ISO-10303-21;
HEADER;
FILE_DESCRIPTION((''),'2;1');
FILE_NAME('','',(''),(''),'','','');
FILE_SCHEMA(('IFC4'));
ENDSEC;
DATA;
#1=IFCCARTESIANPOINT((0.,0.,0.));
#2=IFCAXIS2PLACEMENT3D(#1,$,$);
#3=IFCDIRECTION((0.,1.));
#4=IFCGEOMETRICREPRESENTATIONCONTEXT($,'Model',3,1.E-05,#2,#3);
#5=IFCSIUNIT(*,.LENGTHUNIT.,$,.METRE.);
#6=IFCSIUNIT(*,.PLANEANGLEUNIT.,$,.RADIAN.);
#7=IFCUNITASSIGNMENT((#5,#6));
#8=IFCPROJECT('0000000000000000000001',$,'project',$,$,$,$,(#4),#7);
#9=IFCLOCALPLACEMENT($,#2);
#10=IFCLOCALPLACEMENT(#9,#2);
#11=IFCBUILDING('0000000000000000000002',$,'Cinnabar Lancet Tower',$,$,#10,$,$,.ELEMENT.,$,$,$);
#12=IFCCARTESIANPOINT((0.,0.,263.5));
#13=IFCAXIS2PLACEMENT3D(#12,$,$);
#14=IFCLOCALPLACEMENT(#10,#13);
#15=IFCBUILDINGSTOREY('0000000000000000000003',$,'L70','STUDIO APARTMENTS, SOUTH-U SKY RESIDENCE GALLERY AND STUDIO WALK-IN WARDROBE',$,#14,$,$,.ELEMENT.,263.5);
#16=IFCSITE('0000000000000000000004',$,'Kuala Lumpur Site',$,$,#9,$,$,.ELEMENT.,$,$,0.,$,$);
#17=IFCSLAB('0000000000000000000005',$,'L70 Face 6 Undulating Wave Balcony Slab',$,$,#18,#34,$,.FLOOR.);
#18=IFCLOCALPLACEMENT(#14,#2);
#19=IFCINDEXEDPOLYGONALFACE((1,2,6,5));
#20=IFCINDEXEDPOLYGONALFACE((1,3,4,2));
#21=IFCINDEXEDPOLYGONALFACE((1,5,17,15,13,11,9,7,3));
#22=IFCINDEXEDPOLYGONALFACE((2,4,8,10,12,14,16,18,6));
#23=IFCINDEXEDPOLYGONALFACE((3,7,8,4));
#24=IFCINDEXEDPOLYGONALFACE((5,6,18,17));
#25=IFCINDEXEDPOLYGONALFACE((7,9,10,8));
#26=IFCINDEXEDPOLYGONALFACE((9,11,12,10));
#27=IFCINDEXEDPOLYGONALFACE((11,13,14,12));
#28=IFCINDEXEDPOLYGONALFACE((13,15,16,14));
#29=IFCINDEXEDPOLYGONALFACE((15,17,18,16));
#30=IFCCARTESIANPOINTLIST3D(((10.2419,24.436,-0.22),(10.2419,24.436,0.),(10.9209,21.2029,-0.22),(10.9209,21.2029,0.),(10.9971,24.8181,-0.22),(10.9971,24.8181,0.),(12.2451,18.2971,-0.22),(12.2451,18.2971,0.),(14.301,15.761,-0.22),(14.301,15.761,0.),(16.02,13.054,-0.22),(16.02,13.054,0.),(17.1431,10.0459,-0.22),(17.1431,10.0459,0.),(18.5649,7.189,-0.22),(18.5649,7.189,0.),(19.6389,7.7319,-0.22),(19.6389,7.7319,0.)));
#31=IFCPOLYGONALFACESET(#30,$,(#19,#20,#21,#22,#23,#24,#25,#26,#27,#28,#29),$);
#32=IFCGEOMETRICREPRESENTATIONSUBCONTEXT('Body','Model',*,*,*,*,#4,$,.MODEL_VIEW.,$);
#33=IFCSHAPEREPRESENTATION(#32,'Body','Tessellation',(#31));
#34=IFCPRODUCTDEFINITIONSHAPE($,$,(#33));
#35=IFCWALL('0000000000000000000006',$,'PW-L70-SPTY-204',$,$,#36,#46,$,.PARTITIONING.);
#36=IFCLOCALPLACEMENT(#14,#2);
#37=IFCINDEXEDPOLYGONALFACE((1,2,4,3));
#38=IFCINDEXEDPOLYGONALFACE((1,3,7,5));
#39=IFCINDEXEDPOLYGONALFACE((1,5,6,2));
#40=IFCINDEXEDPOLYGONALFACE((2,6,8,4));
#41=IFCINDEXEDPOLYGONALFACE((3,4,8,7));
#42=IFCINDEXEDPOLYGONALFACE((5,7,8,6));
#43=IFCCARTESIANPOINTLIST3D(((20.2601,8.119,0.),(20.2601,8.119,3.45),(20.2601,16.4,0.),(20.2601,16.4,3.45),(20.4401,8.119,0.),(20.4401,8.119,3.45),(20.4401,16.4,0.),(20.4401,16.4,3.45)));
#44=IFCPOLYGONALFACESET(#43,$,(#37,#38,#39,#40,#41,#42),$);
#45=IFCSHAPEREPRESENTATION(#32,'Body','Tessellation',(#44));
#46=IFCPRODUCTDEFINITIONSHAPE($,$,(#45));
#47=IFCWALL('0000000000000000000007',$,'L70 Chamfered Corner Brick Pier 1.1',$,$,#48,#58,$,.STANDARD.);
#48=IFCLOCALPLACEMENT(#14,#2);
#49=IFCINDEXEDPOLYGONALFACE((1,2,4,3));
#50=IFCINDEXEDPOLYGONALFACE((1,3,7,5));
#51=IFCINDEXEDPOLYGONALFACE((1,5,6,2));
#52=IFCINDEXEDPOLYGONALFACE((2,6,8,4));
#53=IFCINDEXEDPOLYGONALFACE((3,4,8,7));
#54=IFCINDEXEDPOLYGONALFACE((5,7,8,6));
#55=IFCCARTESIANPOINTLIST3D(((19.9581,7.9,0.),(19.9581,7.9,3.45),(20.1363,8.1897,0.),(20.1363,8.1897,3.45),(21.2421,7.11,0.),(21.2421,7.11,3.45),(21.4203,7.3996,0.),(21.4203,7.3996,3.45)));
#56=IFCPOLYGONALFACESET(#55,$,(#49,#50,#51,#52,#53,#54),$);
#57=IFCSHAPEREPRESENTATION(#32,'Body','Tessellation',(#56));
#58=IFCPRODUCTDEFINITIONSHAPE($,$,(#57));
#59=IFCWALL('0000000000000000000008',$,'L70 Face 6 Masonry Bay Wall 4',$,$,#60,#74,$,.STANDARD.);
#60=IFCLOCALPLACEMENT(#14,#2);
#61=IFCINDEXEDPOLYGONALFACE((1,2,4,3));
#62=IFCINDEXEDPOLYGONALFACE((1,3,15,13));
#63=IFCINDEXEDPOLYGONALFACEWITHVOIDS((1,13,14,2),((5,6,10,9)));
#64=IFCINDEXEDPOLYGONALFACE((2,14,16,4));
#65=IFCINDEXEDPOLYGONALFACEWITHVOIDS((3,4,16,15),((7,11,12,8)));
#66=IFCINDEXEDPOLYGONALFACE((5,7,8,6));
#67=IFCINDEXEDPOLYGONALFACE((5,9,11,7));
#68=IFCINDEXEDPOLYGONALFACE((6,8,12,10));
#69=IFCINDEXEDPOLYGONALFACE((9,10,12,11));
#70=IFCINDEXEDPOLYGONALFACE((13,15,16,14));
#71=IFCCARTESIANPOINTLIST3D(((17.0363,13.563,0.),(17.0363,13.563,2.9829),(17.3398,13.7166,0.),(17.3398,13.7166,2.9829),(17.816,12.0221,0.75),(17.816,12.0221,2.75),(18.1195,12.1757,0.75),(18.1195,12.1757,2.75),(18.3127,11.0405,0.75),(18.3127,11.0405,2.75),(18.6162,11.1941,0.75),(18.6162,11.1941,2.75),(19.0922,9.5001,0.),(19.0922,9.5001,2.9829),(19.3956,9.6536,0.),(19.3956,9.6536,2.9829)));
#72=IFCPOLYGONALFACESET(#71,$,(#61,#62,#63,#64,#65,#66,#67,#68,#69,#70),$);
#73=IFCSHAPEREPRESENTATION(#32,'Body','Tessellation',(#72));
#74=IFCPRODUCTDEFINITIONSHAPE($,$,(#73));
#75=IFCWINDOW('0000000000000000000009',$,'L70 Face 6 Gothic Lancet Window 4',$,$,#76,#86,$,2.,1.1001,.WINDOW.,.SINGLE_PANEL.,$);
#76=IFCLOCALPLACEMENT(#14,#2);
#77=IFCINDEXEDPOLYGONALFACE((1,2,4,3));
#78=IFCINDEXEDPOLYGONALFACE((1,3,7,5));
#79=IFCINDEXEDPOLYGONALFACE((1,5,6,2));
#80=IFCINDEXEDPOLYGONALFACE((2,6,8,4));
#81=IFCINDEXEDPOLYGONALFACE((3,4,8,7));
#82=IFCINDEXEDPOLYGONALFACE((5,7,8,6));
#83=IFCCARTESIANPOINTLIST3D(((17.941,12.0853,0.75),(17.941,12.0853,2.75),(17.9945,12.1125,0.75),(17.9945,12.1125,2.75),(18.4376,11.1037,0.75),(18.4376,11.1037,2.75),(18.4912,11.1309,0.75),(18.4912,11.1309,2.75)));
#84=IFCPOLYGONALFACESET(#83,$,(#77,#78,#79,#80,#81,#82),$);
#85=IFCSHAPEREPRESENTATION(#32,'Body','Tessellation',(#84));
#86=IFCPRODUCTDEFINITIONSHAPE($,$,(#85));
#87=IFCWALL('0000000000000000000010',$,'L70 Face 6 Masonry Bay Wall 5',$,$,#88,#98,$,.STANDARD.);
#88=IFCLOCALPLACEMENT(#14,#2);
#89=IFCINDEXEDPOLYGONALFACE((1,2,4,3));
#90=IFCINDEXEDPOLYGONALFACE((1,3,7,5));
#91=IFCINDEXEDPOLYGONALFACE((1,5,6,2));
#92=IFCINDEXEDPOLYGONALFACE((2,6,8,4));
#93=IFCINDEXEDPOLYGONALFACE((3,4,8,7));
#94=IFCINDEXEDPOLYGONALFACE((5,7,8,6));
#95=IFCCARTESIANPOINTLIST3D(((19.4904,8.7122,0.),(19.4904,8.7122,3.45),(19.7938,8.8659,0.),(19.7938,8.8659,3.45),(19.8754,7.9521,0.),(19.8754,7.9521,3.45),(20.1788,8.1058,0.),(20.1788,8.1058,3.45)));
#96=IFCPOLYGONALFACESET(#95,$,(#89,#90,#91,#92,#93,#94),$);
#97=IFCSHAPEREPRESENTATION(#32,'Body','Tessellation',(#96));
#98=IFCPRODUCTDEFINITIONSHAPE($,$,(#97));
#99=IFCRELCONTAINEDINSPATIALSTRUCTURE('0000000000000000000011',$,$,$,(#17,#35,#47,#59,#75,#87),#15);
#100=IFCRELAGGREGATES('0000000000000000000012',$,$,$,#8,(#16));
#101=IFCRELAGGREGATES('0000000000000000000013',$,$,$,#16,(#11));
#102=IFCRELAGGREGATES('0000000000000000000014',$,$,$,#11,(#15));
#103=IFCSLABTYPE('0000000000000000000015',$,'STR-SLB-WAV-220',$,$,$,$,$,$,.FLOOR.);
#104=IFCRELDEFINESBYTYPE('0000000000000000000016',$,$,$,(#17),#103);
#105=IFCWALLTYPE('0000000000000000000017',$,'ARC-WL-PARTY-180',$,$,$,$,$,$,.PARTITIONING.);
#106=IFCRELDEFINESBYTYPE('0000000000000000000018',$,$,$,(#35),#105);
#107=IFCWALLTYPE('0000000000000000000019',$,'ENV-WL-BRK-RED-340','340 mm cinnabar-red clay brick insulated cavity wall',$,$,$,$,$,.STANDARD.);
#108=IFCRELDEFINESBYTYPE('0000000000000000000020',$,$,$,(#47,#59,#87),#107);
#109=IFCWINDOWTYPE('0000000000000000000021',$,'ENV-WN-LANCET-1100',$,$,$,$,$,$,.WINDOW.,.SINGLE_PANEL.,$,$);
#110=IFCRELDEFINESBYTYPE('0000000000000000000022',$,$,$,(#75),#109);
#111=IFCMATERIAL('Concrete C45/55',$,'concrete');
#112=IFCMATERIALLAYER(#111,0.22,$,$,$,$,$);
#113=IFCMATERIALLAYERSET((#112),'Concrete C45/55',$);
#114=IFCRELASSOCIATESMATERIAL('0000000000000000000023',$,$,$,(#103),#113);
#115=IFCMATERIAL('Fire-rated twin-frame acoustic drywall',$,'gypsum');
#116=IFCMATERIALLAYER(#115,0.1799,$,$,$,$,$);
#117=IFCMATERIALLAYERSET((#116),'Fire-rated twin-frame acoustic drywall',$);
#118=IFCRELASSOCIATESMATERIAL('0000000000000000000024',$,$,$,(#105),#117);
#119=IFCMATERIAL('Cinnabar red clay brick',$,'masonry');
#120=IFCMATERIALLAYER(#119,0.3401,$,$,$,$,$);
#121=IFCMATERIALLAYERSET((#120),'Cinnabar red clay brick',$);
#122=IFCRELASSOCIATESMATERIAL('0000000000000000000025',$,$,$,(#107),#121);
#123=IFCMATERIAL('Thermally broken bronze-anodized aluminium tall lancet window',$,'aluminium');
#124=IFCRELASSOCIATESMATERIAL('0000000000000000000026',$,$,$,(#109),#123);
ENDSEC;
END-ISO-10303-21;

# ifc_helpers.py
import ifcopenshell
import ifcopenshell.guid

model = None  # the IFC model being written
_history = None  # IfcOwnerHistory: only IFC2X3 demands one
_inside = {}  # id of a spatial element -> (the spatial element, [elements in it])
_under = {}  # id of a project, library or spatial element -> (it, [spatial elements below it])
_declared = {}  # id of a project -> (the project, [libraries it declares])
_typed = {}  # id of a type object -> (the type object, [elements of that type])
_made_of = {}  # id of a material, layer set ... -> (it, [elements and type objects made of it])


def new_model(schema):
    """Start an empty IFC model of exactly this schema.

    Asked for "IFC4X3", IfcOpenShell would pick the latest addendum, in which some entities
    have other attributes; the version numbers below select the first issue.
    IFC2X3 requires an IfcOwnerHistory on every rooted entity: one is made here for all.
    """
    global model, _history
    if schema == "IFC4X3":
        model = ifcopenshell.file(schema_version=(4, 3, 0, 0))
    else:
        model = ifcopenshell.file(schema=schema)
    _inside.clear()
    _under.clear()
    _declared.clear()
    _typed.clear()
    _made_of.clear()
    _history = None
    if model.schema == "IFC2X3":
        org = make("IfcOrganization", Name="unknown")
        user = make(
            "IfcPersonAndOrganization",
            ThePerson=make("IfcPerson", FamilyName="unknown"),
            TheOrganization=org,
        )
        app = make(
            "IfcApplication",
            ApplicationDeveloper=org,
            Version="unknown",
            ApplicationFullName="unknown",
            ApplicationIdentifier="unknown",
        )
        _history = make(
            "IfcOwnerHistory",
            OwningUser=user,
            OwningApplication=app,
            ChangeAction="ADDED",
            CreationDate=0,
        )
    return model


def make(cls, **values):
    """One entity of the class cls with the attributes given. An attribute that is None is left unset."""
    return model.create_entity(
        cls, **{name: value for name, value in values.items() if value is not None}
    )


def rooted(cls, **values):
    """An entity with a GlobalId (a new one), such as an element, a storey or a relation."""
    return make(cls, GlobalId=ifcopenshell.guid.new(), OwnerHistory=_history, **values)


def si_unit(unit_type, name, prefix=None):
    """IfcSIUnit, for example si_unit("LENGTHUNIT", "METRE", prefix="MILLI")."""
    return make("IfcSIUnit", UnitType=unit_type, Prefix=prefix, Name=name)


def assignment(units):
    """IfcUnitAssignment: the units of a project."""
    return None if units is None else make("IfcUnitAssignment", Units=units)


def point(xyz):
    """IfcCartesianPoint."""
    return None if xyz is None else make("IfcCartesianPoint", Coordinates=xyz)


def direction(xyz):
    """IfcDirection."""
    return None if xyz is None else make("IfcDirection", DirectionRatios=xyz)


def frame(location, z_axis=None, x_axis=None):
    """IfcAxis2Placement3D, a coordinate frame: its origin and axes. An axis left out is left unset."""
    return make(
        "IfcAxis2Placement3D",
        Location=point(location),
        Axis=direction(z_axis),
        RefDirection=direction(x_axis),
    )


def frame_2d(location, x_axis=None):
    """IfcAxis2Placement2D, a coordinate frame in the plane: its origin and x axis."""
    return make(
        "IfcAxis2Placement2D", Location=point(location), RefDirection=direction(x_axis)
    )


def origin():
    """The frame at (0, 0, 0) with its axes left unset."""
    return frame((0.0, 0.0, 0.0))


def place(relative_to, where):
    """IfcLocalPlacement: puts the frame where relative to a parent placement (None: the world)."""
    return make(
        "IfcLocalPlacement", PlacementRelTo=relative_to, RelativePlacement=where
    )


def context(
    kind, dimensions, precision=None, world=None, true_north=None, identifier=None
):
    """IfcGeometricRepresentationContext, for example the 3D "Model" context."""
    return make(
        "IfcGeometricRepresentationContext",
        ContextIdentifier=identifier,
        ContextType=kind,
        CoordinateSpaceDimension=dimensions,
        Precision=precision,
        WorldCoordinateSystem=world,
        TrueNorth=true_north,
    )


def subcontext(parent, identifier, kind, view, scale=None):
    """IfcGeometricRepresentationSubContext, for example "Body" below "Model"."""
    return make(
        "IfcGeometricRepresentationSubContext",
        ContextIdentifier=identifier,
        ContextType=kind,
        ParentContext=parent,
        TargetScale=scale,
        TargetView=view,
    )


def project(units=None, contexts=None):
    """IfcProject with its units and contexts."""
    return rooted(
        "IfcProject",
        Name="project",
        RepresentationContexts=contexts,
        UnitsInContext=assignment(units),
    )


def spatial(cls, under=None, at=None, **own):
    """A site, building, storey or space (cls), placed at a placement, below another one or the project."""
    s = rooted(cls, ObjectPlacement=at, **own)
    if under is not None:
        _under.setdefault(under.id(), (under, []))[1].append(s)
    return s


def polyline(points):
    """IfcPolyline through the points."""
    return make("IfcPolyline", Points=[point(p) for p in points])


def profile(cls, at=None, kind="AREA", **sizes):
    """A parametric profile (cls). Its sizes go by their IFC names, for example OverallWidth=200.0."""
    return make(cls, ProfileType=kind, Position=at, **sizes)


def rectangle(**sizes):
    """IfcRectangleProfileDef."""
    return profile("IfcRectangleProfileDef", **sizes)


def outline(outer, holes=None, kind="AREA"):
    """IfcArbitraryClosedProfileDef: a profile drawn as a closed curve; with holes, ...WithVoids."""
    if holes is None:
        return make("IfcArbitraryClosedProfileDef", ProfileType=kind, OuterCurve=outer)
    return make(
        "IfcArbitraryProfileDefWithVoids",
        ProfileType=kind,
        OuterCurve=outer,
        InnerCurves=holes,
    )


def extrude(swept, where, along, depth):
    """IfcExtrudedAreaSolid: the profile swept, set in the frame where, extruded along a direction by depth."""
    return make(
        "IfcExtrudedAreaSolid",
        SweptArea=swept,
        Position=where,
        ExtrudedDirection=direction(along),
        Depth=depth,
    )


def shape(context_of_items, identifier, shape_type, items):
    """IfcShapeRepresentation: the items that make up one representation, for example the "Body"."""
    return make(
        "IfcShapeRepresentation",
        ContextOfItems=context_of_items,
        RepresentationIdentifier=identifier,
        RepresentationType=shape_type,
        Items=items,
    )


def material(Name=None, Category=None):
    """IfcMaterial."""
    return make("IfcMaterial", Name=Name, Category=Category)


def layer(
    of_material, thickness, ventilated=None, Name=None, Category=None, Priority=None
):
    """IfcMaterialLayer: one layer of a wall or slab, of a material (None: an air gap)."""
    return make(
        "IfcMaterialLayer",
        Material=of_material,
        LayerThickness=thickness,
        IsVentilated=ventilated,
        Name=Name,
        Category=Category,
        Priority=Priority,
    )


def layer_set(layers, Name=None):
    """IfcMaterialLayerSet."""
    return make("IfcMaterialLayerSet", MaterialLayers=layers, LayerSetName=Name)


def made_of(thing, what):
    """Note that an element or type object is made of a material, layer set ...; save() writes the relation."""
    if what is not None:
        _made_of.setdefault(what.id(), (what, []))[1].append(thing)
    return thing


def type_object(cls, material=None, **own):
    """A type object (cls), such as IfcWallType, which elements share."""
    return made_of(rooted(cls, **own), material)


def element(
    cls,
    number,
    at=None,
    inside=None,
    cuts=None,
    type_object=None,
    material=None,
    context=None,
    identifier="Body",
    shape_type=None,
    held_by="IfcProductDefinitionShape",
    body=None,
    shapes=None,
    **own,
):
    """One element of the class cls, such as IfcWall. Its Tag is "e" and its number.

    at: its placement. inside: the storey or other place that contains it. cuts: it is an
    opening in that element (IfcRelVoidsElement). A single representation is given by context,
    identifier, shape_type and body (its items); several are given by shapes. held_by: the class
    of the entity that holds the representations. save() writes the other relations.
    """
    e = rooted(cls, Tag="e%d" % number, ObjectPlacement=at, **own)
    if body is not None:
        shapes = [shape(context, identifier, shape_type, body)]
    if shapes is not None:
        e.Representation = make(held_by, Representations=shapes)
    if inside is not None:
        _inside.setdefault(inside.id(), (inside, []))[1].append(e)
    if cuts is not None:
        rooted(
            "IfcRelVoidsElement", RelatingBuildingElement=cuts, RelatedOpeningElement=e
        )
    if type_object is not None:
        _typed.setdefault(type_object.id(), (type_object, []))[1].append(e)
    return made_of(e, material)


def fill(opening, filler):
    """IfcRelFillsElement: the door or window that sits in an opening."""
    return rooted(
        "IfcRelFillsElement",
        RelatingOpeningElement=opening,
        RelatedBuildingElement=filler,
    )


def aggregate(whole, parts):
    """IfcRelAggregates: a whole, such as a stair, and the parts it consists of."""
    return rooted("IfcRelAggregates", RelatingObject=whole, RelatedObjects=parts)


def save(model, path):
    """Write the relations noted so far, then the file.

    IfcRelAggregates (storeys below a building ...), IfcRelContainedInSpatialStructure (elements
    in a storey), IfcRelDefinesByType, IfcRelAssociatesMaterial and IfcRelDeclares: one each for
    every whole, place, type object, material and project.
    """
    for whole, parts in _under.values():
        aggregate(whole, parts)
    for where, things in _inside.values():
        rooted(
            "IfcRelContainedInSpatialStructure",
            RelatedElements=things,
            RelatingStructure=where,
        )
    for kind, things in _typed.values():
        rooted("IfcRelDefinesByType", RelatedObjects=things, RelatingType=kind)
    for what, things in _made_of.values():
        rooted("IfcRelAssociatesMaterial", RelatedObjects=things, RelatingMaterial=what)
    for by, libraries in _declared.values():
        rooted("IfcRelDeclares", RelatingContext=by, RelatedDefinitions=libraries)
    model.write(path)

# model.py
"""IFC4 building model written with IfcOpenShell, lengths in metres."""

from ifc_helpers import new_model, si_unit, direction, frame, frame_2d, origin, place, context, subcontext, project, spatial, polyline, rectangle, outline, extrude, material, layer, layer_set, type_object, element, fill, save


model = new_model("IFC4")

# Units and contexts
model_context = context("Model", 3, precision=1e-05, world=origin(), true_north=direction((0.0, 1.0)))
body_context = subcontext(model_context, "Body", "Model", "MODEL_VIEW")
ifc_project = project(units=[si_unit("LENGTHUNIT", "METRE"), si_unit("PLANEANGLEUNIT", "RADIAN")], contexts=[model_context])

# Site, building, storey
site_placement = place(None, origin())
site = spatial("IfcSite", under=ifc_project, at=site_placement, Name="Kuala Lumpur Site", CompositionType="ELEMENT", RefElevation=0.0)
building_placement = place(site_placement, origin())
building = spatial("IfcBuilding", under=site, at=building_placement, Name="Cinnabar Lancet Tower", CompositionType="ELEMENT")
storey_placement = place(building_placement, frame((0.0, 0.0, 263.5)))
storey = spatial("IfcBuildingStorey", under=building, at=storey_placement, Name="L70", Description="STUDIO APARTMENTS, SOUTH-U SKY RESIDENCE GALLERY AND STUDIO WALK-IN WARDROBE", CompositionType="ELEMENT", Elevation=263.5)

# Slab
ifc_material_1 = material(Name="Concrete C45/55", Category="concrete")
ifc_layer_1 = layer(ifc_material_1, 0.22)
ifc_layer_set_1 = layer_set([ifc_layer_1], Name="Concrete C45/55")
slab_type_1 = type_object("IfcSlabType", Name="STR-SLB-WAV-220", PredefinedType="FLOOR", material=ifc_layer_set_1)
slab_1_placement = place(storey_placement, frame((0.0, 0.0, -0.22)))
element("IfcSlab", 1, at=slab_1_placement, inside=storey, type_object=slab_type_1, Name="L70 Face 6 Undulating Wave Balcony Slab", PredefinedType="FLOOR", context=body_context, shape_type="SweptSolid", body=[
    extrude(outline(polyline([(10.9971, 24.8181), (10.2419, 24.436), (10.9209, 21.2029), (12.2451, 18.2971), (14.301, 15.761), (16.02, 13.054), (17.1431, 10.0459), (18.5649, 7.189), (19.6389, 7.7319), (10.9971, 24.8181)])), origin(), (0.0, 0.0, 1.0), 0.22),
])

# Walls
ifc_material_2 = material(Name="Fire-rated twin-frame acoustic drywall", Category="gypsum")
ifc_layer_2 = layer(ifc_material_2, 0.1799)
ifc_layer_set_2 = layer_set([ifc_layer_2], Name="Fire-rated twin-frame acoustic drywall")
wall_type_1 = type_object("IfcWallType", Name="ARC-WL-PARTY-180", PredefinedType="PARTITIONING", material=ifc_layer_set_2)
wall_1_placement = place(storey_placement, frame((20.3501, 8.1189, 0.0), z_axis=(0.0, 0.0, 1.0), x_axis=(0.0, 1.0, 0.0)))
element("IfcWall", 2, at=wall_1_placement, inside=storey, type_object=wall_type_1, Name="PW-L70-SPTY-204", PredefinedType="PARTITIONING", context=body_context, shape_type="SweptSolid", body=[
    extrude(rectangle(XDim=8.281, YDim=0.1799, at=frame_2d((4.1406, 0.0))), origin(), (0.0, 0.0, 1.0), 3.45),
])
ifc_material_3 = material(Name="Cinnabar red clay brick", Category="masonry")
ifc_layer_3 = layer(ifc_material_3, 0.3401)
ifc_layer_set_3 = layer_set([ifc_layer_3], Name="Cinnabar red clay brick")
wall_type_2 = type_object("IfcWallType", Name="ENV-WL-BRK-RED-340", Description="340 mm cinnabar-red clay brick insulated cavity wall", PredefinedType="STANDARD", material=ifc_layer_set_3)
wall_2_placement = place(storey_placement, frame((20.0471, 8.0449, 0.0), z_axis=(0.0, 0.0, 1.0), x_axis=(0.851681, -0.524061, 0.0)))
element("IfcWall", 3, at=wall_2_placement, inside=storey, type_object=wall_type_2, Name="L70 Chamfered Corner Brick Pier 1.1", PredefinedType="STANDARD", context=body_context, shape_type="SweptSolid", body=[
    extrude(rectangle(XDim=1.5076, YDim=0.3401, at=frame_2d((0.7539, 0.0))), origin(), (0.0, 0.0, 1.0), 3.45),
])

# Wall, opening, window
wall_3_placement = place(storey_placement, frame((17.188, 13.6399, 0.0), z_axis=(0.0, 0.0, 1.0), x_axis=(0.451498, -0.892272, 0.0)))
wall_3 = element("IfcWall", 4, at=wall_3_placement, inside=storey, type_object=wall_type_2, Name="L70 Face 6 Masonry Bay Wall 4", PredefinedType="STANDARD", context=body_context, shape_type="SweptSolid", body=[
    extrude(rectangle(XDim=4.5535, YDim=0.3401, at=frame_2d((2.2769, 0.0))), origin(), (0.0, 0.0, 1.0), 2.9829),
])
opening_placement = place(wall_3_placement, frame((1.7271, 0.0, 0.75)))
opening = element("IfcOpeningElement", 5, at=opening_placement, cuts=wall_3, PredefinedType="OPENING", context=body_context, shape_type="SweptSolid", body=[
    extrude(rectangle(XDim=1.1001, YDim=2.0, at=frame_2d((0.55, 1.0))), frame((0.0, 0.1799, 0.0), z_axis=(0.0, -1.0, 0.0), x_axis=(1.0, 0.0, 0.0)), (0.0, 0.0, 1.0), 0.3601),
])
ifc_material_4 = material(Name="Thermally broken bronze-anodized aluminium tall lancet window", Category="aluminium")
window_type = type_object("IfcWindowType", Name="ENV-WN-LANCET-1100", PartitioningType="SINGLE_PANEL", PredefinedType="WINDOW", material=ifc_material_4)
window_placement = place(opening_placement, origin())
window = element("IfcWindow", 6, at=window_placement, inside=storey, type_object=window_type, Name="L70 Face 6 Gothic Lancet Window 4", OverallHeight=2.0, OverallWidth=1.1001, PartitioningType="SINGLE_PANEL", PredefinedType="WINDOW", context=body_context, shape_type="SweptSolid", body=[
    extrude(rectangle(XDim=1.1001, YDim=2.0, at=frame_2d((0.55, 1.0))), frame((0.0, 0.03, 0.0), z_axis=(0.0, -1.0, 0.0), x_axis=(1.0, 0.0, 0.0)), (0.0, 0.0, 1.0), 0.0601),
])
fill(opening, window)

# Wall
wall_4_placement = place(storey_placement, frame((19.6421, 8.7891, 0.0), z_axis=(0.0, 0.0, 1.0), x_axis=(0.451907, -0.892065, 0.0)))
element("IfcWall", 7, at=wall_4_placement, inside=storey, type_object=wall_type_2, Name="L70 Face 6 Masonry Bay Wall 5", PredefinedType="STANDARD", context=body_context, shape_type="SweptSolid", body=[
    extrude(rectangle(XDim=0.8521, YDim=0.3401, at=frame_2d((0.426, 0.0))), origin(), (0.0, 0.0, 1.0), 3.45),
])

save(model, "model.ifc")
